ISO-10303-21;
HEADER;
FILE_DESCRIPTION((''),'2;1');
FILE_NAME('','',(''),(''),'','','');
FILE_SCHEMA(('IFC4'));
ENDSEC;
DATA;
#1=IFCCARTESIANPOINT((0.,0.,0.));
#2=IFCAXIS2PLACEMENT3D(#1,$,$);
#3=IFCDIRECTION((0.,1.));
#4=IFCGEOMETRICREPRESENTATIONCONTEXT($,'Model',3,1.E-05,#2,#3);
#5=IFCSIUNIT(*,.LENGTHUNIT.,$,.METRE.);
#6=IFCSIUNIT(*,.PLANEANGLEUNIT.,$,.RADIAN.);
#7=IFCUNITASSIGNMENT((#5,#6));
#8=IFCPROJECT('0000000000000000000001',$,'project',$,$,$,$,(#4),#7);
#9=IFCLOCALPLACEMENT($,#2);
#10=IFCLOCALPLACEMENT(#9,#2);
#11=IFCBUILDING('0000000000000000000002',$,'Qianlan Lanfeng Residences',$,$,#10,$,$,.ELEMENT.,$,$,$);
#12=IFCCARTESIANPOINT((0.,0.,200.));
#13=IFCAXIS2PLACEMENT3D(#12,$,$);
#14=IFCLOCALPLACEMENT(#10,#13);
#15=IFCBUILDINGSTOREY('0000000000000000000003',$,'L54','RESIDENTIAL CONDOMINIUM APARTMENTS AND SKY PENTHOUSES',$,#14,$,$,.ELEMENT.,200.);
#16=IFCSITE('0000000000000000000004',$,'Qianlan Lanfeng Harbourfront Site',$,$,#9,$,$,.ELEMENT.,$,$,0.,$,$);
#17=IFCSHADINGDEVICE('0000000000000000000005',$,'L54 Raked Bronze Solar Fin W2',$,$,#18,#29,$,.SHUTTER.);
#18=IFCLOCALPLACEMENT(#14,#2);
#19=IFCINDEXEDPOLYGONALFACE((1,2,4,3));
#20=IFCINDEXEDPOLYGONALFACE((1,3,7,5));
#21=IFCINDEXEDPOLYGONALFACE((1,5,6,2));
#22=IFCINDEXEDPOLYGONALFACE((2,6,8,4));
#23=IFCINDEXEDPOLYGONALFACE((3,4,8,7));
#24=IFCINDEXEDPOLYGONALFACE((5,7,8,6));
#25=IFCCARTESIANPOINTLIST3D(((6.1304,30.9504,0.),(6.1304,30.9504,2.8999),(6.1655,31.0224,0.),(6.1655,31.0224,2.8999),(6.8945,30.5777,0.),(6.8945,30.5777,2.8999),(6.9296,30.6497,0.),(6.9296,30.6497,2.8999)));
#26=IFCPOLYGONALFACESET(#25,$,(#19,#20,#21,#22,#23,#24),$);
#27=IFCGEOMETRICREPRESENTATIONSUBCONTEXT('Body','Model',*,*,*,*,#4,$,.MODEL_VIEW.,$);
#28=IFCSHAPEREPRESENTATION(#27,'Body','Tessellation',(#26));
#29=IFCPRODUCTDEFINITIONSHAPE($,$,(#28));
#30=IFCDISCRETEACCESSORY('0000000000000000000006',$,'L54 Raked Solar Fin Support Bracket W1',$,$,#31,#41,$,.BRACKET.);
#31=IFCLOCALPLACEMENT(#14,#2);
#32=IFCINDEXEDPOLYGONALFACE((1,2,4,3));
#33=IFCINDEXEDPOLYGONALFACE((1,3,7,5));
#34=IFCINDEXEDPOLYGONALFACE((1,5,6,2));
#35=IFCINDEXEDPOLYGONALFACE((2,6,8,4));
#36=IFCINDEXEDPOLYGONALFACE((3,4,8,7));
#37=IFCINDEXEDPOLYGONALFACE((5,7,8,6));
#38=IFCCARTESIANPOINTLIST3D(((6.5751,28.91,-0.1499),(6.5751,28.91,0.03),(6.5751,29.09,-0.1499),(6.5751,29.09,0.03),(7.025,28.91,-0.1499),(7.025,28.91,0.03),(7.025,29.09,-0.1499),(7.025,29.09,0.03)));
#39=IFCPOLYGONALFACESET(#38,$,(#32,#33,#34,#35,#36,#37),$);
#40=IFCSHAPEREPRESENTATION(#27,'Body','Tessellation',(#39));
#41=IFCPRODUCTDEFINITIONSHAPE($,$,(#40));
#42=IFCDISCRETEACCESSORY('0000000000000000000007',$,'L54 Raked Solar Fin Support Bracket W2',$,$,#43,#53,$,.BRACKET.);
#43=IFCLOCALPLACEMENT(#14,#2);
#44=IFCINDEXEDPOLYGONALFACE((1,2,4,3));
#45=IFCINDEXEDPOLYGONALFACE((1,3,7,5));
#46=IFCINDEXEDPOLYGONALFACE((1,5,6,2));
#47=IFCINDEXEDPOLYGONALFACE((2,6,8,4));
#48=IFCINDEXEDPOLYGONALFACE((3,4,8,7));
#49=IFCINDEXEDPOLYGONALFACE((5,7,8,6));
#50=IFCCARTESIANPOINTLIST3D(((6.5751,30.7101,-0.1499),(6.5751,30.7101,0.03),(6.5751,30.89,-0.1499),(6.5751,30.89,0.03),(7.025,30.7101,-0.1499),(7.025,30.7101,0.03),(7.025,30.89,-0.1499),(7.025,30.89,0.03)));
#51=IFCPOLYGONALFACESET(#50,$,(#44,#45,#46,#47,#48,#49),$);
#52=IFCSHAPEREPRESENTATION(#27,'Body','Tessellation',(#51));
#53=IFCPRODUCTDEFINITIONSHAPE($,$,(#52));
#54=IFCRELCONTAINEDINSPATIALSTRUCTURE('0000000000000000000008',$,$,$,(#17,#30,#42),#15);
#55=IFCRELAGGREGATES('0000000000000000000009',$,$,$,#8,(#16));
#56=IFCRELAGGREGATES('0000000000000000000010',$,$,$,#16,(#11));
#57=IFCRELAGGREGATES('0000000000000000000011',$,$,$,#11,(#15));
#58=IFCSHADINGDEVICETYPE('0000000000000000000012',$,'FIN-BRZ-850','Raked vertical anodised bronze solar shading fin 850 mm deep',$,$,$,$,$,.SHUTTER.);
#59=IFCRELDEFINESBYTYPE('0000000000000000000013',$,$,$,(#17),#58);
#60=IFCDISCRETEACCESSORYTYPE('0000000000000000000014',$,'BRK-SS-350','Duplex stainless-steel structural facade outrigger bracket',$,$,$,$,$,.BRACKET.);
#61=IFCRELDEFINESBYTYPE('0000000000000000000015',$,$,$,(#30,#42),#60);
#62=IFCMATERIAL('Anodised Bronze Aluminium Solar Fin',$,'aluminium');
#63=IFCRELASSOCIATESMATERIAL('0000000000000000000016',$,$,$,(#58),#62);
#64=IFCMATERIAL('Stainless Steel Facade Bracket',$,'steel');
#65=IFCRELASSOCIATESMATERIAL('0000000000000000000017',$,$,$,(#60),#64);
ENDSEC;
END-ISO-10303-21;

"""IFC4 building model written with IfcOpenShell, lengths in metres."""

from ifc_helpers import new_model, si_unit, direction, frame, origin, origin_2d, place, context, subcontext, project, spatial, rectangle, extrude, source, transform, mapped, material, type_object, element, save


model = new_model("IFC4")

# Units and contexts
model_context = context("Model", 3, precision=1e-05, world=origin(), true_north=direction((0.0, 1.0)))
body_context = subcontext(model_context, "Body", "Model", "MODEL_VIEW")
ifc_project = project(units=[si_unit("LENGTHUNIT", "METRE"), si_unit("PLANEANGLEUNIT", "RADIAN")], contexts=[model_context])

# Site, building, storey
site_placement = place(None, origin())
site = spatial("IfcSite", under=ifc_project, at=site_placement, Name="Qianlan Lanfeng Harbourfront Site", CompositionType="ELEMENT", RefElevation=0.0)
building_placement = place(site_placement, origin())
building = spatial("IfcBuilding", under=site, at=building_placement, Name="Qianlan Lanfeng Residences", CompositionType="ELEMENT")
storey_placement = place(building_placement, frame((0.0, 0.0, 200.0)))
storey = spatial("IfcBuildingStorey", under=building, at=storey_placement, Name="L54", Description="RESIDENTIAL CONDOMINIUM APARTMENTS AND SKY PENTHOUSES", CompositionType="ELEMENT", Elevation=200.0)

# Shading device
ifc_material_1 = material(Name="Anodised Bronze Aluminium Solar Fin", Category="aluminium")
shading_device_type = type_object("IfcShadingDeviceType", Name="FIN-BRZ-850", Description="Raked vertical anodised bronze solar shading fin 850 mm deep", PredefinedType="SHUTTER", material=ifc_material_1)
shared_shape_1 = source(origin(), body_context, "Body", "SweptSolid", [
    extrude(rectangle(XDim=0.8501, YDim=0.0801, at=origin_2d()), origin(), (0.0, 0.0, 1.0), 2.8999),
])
for number, where, z_axis, x_axis, name in (
    (1, (6.53, 30.8, 0.0), (0.0, 0.0, 1.0), (0.898794, -0.438371, 0.0), "L54 Raked Bronze Solar Fin W2"),
):
    element("IfcShadingDevice", number, at=place(storey_placement, frame(where, z_axis=z_axis, x_axis=x_axis)), inside=storey, type_object=shading_device_type, Name=name, PredefinedType="SHUTTER", context=body_context, shape_type="MappedRepresentation", body=[
        mapped(shared_shape_1, transform((0.0, 0.0, 0.0), scale=1.0)),
    ])

# Discrete accessories
ifc_material_2 = material(Name="Stainless Steel Facade Bracket", Category="steel")
discrete_accessory_type = type_object("IfcDiscreteAccessoryType", Name="BRK-SS-350", Description="Duplex stainless-steel structural facade outrigger bracket", PredefinedType="BRACKET", material=ifc_material_2)
shared_shape_2 = source(origin(), body_context, "Body", "SweptSolid", [
    extrude(rectangle(XDim=0.45, YDim=0.1799, at=origin_2d()), origin(), (0.0, 0.0, 1.0), 0.1799),
])
for number, where, z_axis, x_axis, name in (
    (2, (6.8, 29.0, -0.1499), (0.0, 0.0, 1.0), (1.0, 0.0, 0.0), "L54 Raked Solar Fin Support Bracket W1"),
    (3, (6.8, 30.8, -0.1499), (0.0, 0.0, 1.0), (1.0, 0.0, 0.0), "L54 Raked Solar Fin Support Bracket W2"),
):
    element("IfcDiscreteAccessory", number, at=place(storey_placement, frame(where, z_axis=z_axis, x_axis=x_axis)), inside=storey, type_object=discrete_accessory_type, Name=name, PredefinedType="BRACKET", context=body_context, shape_type="MappedRepresentation", body=[
        mapped(shared_shape_2, transform((0.0, 0.0, 0.0), scale=1.0)),
    ])

save(model, "model.ifc")
